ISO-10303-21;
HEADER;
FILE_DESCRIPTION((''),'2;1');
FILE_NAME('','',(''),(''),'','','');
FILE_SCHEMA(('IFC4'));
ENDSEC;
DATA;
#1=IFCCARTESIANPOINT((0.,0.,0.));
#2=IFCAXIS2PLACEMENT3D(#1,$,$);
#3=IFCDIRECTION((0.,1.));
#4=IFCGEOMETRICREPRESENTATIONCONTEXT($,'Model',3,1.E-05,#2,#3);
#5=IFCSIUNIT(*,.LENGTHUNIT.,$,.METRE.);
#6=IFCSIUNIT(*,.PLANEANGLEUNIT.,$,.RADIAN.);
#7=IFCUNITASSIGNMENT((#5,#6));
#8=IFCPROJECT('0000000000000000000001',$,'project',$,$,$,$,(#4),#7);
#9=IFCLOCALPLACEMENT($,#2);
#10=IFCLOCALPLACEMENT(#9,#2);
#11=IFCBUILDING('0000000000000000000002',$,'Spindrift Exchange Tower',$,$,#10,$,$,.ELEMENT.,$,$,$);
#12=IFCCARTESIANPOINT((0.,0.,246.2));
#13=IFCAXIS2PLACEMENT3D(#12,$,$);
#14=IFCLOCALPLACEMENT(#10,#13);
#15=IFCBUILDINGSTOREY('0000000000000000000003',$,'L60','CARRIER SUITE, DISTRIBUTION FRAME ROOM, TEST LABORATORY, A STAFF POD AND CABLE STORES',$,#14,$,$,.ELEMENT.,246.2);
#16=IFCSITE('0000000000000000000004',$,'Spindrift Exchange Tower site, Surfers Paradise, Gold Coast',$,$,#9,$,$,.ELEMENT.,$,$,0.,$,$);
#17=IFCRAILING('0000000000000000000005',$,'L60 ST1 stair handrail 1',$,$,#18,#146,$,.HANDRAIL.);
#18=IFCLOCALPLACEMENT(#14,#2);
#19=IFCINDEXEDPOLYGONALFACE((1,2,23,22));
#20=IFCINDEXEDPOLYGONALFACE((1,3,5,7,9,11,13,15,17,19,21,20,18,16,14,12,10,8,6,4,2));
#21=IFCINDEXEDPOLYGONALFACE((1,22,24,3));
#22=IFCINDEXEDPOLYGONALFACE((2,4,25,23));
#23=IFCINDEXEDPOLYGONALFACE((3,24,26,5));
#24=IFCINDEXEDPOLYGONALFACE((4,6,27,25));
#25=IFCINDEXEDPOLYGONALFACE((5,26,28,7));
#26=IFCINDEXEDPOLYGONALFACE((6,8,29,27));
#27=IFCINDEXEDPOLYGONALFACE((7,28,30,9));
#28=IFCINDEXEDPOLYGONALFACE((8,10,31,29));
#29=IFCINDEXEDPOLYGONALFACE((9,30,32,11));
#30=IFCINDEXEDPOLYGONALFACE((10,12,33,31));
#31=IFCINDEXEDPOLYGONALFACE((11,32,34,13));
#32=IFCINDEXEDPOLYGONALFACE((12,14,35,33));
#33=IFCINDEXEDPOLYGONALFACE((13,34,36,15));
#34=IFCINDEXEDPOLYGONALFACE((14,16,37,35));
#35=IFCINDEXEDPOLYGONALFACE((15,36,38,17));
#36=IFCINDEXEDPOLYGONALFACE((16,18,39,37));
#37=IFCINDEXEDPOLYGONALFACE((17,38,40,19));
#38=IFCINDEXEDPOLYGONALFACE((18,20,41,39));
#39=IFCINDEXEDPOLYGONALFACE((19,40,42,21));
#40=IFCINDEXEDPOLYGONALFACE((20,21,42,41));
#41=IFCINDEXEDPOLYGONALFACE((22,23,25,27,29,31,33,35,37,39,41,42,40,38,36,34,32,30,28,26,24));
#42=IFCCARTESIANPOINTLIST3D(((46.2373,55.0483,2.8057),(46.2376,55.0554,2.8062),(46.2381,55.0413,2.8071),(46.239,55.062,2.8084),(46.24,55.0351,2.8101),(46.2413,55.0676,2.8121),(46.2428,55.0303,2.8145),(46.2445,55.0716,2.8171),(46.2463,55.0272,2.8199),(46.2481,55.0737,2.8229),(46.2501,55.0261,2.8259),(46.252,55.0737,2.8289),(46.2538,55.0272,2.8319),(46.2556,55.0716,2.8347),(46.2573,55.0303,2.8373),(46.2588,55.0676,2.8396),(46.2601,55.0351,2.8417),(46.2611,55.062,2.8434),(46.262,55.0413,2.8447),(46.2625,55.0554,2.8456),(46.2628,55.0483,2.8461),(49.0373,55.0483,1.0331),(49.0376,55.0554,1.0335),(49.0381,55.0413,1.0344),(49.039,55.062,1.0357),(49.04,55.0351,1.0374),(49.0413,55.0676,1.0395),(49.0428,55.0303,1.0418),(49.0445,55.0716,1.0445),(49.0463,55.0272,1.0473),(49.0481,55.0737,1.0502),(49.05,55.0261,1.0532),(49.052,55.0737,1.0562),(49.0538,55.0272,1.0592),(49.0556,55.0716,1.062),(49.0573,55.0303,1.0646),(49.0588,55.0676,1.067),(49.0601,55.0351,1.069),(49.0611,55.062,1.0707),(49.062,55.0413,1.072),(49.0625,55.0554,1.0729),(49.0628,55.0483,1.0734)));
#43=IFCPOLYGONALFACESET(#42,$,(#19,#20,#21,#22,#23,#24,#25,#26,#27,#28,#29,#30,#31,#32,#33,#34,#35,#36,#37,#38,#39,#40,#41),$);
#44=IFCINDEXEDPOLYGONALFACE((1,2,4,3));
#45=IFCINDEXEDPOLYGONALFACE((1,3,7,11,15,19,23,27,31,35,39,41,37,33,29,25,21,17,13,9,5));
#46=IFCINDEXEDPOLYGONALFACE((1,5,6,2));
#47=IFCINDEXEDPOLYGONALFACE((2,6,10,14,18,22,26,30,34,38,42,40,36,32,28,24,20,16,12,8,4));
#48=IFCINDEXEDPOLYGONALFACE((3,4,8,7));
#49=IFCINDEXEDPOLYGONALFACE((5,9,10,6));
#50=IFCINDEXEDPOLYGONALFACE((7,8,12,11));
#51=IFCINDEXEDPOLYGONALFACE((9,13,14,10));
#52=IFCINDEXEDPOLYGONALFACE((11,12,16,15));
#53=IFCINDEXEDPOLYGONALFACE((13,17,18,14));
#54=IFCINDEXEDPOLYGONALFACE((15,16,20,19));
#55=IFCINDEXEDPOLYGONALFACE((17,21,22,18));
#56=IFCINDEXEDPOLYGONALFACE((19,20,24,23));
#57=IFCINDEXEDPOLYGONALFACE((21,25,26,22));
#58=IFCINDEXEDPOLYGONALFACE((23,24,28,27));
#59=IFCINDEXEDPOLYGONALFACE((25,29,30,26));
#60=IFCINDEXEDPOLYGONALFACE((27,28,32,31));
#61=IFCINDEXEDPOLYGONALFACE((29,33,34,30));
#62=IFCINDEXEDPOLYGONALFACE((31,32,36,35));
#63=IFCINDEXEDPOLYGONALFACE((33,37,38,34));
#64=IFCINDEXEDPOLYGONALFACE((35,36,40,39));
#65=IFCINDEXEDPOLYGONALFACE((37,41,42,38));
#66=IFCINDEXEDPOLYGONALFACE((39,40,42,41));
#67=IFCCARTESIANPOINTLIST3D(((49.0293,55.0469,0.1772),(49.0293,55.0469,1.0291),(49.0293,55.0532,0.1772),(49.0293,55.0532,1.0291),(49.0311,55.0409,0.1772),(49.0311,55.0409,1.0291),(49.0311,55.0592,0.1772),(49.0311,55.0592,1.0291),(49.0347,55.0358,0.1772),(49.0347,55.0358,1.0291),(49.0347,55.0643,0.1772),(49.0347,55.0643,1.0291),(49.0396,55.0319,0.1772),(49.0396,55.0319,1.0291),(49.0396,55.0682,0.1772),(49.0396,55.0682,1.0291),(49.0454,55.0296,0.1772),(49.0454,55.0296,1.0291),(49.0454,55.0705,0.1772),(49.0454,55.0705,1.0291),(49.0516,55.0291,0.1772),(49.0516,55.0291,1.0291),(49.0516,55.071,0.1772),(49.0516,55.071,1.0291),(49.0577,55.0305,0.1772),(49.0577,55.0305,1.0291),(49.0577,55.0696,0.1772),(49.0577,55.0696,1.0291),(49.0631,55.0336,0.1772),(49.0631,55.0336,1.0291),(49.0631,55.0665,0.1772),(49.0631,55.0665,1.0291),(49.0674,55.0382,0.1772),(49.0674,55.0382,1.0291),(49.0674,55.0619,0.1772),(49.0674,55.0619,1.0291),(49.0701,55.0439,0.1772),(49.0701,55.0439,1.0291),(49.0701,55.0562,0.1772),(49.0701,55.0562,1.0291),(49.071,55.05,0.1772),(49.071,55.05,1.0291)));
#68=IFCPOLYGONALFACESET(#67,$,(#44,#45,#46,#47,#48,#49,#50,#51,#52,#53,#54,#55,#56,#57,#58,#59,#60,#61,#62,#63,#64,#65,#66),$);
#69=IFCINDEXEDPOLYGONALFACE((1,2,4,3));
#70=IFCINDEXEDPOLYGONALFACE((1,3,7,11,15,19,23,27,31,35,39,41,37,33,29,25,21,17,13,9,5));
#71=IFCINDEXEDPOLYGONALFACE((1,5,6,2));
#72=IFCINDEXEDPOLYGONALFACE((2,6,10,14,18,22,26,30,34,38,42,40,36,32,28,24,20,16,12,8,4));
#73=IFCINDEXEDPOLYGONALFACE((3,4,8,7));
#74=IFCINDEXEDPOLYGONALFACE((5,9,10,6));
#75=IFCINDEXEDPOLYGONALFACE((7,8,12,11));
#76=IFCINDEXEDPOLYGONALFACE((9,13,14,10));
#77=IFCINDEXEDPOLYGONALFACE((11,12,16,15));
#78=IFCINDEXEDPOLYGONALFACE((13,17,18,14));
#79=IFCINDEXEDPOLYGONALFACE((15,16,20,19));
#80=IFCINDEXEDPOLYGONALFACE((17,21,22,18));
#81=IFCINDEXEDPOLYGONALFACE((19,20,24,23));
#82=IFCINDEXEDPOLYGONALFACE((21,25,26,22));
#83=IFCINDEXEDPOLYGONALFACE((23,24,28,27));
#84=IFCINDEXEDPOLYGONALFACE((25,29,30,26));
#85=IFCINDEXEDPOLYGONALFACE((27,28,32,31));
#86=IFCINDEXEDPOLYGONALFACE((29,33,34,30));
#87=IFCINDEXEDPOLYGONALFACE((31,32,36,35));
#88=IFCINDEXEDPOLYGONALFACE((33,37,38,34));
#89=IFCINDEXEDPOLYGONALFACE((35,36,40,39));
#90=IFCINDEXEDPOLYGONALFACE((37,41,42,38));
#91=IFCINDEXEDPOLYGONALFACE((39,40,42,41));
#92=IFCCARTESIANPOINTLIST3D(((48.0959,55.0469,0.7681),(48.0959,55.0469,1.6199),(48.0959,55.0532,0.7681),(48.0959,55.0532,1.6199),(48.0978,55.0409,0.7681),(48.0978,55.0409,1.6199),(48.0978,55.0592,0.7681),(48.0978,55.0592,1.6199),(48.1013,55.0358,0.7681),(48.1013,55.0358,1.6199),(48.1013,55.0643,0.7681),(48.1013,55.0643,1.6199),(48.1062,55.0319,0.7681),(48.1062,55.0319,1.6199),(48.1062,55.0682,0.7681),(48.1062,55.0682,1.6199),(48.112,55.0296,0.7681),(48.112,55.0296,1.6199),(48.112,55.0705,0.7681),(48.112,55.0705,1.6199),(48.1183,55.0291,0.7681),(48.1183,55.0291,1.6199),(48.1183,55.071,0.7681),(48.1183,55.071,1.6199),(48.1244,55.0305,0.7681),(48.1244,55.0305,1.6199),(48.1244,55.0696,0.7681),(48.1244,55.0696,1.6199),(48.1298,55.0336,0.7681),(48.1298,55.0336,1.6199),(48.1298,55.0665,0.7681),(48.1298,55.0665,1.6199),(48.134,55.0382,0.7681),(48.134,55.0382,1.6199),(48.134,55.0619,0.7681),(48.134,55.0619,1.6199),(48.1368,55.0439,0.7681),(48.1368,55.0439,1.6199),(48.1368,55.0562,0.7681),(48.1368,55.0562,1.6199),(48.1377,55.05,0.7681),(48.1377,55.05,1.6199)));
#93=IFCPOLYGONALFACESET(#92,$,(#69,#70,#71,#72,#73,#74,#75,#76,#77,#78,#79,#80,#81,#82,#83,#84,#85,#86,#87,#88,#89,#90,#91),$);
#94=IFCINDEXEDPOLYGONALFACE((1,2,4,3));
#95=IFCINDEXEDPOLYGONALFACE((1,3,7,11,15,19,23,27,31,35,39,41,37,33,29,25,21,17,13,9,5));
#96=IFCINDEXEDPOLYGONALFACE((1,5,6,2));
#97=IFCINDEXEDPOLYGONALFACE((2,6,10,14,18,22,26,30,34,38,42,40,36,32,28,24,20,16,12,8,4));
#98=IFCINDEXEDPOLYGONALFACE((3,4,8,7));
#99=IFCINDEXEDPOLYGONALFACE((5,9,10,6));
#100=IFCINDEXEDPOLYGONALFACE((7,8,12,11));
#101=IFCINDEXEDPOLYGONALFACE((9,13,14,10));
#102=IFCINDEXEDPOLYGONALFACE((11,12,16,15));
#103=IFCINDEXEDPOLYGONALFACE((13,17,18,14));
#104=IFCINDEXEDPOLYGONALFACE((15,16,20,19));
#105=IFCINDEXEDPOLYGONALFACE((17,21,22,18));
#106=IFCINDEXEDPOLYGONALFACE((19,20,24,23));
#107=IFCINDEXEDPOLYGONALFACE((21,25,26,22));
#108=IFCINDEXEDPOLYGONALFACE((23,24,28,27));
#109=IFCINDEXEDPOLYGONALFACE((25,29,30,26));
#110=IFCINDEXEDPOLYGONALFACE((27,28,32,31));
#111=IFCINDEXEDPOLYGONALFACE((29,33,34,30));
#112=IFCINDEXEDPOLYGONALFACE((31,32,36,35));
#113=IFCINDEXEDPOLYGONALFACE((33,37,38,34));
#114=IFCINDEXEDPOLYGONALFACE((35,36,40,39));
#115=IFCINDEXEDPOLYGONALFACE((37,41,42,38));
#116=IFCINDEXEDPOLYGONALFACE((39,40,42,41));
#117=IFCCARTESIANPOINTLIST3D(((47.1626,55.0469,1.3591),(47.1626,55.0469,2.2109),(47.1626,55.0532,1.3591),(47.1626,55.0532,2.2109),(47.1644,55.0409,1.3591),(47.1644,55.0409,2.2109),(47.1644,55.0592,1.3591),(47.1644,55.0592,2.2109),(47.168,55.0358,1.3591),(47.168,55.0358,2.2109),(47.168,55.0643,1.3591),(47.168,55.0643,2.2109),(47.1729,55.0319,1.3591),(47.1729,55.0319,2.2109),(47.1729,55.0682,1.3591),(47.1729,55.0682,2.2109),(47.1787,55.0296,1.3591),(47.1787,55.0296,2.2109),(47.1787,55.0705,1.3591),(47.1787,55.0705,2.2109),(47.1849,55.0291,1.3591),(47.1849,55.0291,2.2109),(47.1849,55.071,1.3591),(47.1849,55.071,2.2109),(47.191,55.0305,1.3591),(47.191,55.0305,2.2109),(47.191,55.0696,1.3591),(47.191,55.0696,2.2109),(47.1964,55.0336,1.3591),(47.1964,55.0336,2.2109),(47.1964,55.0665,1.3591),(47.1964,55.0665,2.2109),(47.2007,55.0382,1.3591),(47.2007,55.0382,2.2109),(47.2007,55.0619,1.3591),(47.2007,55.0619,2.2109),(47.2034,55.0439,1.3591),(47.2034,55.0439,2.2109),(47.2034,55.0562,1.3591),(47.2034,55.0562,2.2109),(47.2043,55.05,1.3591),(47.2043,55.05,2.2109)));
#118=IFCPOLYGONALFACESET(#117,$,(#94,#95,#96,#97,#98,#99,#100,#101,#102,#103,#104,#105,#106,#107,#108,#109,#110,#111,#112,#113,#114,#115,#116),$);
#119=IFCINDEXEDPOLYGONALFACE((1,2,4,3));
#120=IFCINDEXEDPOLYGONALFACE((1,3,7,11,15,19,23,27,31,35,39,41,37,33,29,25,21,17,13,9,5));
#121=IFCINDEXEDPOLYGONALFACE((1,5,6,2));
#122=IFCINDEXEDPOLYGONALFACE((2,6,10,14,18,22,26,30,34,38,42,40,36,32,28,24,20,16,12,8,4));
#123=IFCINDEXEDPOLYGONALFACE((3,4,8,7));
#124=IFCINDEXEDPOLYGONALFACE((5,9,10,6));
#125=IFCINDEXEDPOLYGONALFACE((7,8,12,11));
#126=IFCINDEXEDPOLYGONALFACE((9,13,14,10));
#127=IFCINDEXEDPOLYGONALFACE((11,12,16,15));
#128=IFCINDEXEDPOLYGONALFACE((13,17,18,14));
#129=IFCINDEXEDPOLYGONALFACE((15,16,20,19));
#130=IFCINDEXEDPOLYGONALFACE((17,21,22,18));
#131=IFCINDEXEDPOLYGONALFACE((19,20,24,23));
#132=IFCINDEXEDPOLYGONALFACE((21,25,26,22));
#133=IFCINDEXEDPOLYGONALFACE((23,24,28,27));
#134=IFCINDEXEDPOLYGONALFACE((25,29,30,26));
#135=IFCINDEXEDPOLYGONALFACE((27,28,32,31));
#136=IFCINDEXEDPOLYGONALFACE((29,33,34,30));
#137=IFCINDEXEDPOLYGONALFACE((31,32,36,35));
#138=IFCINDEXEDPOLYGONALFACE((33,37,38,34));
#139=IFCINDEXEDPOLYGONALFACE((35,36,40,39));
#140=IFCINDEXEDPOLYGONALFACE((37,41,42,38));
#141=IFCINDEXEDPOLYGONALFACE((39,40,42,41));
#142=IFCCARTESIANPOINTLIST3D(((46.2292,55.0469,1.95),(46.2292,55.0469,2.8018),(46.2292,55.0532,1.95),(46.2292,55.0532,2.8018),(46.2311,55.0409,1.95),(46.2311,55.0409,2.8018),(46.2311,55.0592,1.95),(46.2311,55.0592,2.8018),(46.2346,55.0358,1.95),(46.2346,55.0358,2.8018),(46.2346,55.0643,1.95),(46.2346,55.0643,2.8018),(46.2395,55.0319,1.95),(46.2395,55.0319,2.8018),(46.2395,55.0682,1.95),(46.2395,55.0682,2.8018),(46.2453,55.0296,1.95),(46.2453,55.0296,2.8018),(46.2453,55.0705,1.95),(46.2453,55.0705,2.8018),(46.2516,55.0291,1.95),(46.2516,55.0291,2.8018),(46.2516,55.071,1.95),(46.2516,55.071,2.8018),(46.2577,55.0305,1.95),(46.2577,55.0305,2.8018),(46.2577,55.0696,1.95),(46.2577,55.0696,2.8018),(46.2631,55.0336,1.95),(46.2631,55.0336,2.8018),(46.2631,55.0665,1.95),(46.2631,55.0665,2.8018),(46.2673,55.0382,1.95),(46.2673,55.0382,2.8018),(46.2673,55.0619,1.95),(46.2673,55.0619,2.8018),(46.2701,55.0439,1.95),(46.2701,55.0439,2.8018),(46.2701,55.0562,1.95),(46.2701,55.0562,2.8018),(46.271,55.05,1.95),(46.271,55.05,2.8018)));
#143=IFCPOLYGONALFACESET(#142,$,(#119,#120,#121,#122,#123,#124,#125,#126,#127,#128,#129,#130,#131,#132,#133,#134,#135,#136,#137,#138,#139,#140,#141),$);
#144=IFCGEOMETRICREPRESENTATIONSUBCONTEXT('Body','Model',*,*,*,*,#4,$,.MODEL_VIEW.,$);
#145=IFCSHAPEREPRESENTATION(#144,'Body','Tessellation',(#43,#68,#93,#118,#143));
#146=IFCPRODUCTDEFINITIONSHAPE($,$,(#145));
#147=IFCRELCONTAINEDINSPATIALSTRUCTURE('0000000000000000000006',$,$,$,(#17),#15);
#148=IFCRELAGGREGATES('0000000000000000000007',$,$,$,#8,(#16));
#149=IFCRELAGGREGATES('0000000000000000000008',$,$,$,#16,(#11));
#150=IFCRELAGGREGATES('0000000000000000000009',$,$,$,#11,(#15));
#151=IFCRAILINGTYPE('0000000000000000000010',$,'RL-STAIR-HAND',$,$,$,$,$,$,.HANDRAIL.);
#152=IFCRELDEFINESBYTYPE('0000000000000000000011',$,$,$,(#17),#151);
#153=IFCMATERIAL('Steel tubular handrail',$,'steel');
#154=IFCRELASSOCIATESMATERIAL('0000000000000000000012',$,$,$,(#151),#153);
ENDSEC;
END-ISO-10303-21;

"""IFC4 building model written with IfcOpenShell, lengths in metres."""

from ifc_helpers import new_model, si_unit, direction, frame, origin, origin_2d, place, context, subcontext, project, spatial, circle, extrude, material, type_object, element, save


model = new_model("IFC4")

# Units and contexts
model_context = context("Model", 3, precision=1e-05, world=origin(), true_north=direction((0.0, 1.0)))
body_context = subcontext(model_context, "Body", "Model", "MODEL_VIEW")
ifc_project = project(units=[si_unit("LENGTHUNIT", "METRE"), si_unit("PLANEANGLEUNIT", "RADIAN")], contexts=[model_context])

# Site, building, storey
site_placement = place(None, origin())
site = spatial("IfcSite", under=ifc_project, at=site_placement, Name="Spindrift Exchange Tower site, Surfers Paradise, Gold Coast", CompositionType="ELEMENT", RefElevation=0.0)
building_placement = place(site_placement, origin())
building = spatial("IfcBuilding", under=site, at=building_placement, Name="Spindrift Exchange Tower", CompositionType="ELEMENT")
storey_placement = place(building_placement, frame((0.0, 0.0, 246.2)))
storey = spatial("IfcBuildingStorey", under=building, at=storey_placement, Name="L60", Description="CARRIER SUITE, DISTRIBUTION FRAME ROOM, TEST LABORATORY, A STAFF POD AND CABLE STORES", CompositionType="ELEMENT", Elevation=246.2)

# Railing
ifc_material_1 = material(Name="Steel tubular handrail", Category="steel")
railing_type_1 = type_object("IfcRailingType", Name="RL-STAIR-HAND", PredefinedType="HANDRAIL", material=ifc_material_1)
railing_1_placement = place(storey_placement, frame((49.05, 55.05, 0.1772)))
element("IfcRailing", 1, at=railing_1_placement, inside=storey, type_object=railing_type_1, Name="L60 ST1 stair handrail 1", PredefinedType="HANDRAIL", context=body_context, shape_type="SweptSolid", body=[
    extrude(circle(Radius=0.0239, at=origin_2d()), frame((0.0, 0.0, 0.876), z_axis=(-0.844909, 0.0, 0.53491), x_axis=(0.0, -1.0, 0.0)), (0.0, 0.0, 1.0), 3.314),
    extrude(circle(Radius=0.021, at=origin_2d()), origin(), (0.0, 0.0, 1.0), 0.8518),
    extrude(circle(Radius=0.021, at=origin_2d()), frame((-0.9333, 0.0, 0.5908)), (0.0, 0.0, 1.0), 0.8518),
    extrude(circle(Radius=0.021, at=origin_2d()), frame((-1.8667, 0.0, 1.1819)), (0.0, 0.0, 1.0), 0.8518),
    extrude(circle(Radius=0.021, at=origin_2d()), frame((-2.8, 0.0, 1.7727)), (0.0, 0.0, 1.0), 0.8518),
])

save(model, "model.ifc")
